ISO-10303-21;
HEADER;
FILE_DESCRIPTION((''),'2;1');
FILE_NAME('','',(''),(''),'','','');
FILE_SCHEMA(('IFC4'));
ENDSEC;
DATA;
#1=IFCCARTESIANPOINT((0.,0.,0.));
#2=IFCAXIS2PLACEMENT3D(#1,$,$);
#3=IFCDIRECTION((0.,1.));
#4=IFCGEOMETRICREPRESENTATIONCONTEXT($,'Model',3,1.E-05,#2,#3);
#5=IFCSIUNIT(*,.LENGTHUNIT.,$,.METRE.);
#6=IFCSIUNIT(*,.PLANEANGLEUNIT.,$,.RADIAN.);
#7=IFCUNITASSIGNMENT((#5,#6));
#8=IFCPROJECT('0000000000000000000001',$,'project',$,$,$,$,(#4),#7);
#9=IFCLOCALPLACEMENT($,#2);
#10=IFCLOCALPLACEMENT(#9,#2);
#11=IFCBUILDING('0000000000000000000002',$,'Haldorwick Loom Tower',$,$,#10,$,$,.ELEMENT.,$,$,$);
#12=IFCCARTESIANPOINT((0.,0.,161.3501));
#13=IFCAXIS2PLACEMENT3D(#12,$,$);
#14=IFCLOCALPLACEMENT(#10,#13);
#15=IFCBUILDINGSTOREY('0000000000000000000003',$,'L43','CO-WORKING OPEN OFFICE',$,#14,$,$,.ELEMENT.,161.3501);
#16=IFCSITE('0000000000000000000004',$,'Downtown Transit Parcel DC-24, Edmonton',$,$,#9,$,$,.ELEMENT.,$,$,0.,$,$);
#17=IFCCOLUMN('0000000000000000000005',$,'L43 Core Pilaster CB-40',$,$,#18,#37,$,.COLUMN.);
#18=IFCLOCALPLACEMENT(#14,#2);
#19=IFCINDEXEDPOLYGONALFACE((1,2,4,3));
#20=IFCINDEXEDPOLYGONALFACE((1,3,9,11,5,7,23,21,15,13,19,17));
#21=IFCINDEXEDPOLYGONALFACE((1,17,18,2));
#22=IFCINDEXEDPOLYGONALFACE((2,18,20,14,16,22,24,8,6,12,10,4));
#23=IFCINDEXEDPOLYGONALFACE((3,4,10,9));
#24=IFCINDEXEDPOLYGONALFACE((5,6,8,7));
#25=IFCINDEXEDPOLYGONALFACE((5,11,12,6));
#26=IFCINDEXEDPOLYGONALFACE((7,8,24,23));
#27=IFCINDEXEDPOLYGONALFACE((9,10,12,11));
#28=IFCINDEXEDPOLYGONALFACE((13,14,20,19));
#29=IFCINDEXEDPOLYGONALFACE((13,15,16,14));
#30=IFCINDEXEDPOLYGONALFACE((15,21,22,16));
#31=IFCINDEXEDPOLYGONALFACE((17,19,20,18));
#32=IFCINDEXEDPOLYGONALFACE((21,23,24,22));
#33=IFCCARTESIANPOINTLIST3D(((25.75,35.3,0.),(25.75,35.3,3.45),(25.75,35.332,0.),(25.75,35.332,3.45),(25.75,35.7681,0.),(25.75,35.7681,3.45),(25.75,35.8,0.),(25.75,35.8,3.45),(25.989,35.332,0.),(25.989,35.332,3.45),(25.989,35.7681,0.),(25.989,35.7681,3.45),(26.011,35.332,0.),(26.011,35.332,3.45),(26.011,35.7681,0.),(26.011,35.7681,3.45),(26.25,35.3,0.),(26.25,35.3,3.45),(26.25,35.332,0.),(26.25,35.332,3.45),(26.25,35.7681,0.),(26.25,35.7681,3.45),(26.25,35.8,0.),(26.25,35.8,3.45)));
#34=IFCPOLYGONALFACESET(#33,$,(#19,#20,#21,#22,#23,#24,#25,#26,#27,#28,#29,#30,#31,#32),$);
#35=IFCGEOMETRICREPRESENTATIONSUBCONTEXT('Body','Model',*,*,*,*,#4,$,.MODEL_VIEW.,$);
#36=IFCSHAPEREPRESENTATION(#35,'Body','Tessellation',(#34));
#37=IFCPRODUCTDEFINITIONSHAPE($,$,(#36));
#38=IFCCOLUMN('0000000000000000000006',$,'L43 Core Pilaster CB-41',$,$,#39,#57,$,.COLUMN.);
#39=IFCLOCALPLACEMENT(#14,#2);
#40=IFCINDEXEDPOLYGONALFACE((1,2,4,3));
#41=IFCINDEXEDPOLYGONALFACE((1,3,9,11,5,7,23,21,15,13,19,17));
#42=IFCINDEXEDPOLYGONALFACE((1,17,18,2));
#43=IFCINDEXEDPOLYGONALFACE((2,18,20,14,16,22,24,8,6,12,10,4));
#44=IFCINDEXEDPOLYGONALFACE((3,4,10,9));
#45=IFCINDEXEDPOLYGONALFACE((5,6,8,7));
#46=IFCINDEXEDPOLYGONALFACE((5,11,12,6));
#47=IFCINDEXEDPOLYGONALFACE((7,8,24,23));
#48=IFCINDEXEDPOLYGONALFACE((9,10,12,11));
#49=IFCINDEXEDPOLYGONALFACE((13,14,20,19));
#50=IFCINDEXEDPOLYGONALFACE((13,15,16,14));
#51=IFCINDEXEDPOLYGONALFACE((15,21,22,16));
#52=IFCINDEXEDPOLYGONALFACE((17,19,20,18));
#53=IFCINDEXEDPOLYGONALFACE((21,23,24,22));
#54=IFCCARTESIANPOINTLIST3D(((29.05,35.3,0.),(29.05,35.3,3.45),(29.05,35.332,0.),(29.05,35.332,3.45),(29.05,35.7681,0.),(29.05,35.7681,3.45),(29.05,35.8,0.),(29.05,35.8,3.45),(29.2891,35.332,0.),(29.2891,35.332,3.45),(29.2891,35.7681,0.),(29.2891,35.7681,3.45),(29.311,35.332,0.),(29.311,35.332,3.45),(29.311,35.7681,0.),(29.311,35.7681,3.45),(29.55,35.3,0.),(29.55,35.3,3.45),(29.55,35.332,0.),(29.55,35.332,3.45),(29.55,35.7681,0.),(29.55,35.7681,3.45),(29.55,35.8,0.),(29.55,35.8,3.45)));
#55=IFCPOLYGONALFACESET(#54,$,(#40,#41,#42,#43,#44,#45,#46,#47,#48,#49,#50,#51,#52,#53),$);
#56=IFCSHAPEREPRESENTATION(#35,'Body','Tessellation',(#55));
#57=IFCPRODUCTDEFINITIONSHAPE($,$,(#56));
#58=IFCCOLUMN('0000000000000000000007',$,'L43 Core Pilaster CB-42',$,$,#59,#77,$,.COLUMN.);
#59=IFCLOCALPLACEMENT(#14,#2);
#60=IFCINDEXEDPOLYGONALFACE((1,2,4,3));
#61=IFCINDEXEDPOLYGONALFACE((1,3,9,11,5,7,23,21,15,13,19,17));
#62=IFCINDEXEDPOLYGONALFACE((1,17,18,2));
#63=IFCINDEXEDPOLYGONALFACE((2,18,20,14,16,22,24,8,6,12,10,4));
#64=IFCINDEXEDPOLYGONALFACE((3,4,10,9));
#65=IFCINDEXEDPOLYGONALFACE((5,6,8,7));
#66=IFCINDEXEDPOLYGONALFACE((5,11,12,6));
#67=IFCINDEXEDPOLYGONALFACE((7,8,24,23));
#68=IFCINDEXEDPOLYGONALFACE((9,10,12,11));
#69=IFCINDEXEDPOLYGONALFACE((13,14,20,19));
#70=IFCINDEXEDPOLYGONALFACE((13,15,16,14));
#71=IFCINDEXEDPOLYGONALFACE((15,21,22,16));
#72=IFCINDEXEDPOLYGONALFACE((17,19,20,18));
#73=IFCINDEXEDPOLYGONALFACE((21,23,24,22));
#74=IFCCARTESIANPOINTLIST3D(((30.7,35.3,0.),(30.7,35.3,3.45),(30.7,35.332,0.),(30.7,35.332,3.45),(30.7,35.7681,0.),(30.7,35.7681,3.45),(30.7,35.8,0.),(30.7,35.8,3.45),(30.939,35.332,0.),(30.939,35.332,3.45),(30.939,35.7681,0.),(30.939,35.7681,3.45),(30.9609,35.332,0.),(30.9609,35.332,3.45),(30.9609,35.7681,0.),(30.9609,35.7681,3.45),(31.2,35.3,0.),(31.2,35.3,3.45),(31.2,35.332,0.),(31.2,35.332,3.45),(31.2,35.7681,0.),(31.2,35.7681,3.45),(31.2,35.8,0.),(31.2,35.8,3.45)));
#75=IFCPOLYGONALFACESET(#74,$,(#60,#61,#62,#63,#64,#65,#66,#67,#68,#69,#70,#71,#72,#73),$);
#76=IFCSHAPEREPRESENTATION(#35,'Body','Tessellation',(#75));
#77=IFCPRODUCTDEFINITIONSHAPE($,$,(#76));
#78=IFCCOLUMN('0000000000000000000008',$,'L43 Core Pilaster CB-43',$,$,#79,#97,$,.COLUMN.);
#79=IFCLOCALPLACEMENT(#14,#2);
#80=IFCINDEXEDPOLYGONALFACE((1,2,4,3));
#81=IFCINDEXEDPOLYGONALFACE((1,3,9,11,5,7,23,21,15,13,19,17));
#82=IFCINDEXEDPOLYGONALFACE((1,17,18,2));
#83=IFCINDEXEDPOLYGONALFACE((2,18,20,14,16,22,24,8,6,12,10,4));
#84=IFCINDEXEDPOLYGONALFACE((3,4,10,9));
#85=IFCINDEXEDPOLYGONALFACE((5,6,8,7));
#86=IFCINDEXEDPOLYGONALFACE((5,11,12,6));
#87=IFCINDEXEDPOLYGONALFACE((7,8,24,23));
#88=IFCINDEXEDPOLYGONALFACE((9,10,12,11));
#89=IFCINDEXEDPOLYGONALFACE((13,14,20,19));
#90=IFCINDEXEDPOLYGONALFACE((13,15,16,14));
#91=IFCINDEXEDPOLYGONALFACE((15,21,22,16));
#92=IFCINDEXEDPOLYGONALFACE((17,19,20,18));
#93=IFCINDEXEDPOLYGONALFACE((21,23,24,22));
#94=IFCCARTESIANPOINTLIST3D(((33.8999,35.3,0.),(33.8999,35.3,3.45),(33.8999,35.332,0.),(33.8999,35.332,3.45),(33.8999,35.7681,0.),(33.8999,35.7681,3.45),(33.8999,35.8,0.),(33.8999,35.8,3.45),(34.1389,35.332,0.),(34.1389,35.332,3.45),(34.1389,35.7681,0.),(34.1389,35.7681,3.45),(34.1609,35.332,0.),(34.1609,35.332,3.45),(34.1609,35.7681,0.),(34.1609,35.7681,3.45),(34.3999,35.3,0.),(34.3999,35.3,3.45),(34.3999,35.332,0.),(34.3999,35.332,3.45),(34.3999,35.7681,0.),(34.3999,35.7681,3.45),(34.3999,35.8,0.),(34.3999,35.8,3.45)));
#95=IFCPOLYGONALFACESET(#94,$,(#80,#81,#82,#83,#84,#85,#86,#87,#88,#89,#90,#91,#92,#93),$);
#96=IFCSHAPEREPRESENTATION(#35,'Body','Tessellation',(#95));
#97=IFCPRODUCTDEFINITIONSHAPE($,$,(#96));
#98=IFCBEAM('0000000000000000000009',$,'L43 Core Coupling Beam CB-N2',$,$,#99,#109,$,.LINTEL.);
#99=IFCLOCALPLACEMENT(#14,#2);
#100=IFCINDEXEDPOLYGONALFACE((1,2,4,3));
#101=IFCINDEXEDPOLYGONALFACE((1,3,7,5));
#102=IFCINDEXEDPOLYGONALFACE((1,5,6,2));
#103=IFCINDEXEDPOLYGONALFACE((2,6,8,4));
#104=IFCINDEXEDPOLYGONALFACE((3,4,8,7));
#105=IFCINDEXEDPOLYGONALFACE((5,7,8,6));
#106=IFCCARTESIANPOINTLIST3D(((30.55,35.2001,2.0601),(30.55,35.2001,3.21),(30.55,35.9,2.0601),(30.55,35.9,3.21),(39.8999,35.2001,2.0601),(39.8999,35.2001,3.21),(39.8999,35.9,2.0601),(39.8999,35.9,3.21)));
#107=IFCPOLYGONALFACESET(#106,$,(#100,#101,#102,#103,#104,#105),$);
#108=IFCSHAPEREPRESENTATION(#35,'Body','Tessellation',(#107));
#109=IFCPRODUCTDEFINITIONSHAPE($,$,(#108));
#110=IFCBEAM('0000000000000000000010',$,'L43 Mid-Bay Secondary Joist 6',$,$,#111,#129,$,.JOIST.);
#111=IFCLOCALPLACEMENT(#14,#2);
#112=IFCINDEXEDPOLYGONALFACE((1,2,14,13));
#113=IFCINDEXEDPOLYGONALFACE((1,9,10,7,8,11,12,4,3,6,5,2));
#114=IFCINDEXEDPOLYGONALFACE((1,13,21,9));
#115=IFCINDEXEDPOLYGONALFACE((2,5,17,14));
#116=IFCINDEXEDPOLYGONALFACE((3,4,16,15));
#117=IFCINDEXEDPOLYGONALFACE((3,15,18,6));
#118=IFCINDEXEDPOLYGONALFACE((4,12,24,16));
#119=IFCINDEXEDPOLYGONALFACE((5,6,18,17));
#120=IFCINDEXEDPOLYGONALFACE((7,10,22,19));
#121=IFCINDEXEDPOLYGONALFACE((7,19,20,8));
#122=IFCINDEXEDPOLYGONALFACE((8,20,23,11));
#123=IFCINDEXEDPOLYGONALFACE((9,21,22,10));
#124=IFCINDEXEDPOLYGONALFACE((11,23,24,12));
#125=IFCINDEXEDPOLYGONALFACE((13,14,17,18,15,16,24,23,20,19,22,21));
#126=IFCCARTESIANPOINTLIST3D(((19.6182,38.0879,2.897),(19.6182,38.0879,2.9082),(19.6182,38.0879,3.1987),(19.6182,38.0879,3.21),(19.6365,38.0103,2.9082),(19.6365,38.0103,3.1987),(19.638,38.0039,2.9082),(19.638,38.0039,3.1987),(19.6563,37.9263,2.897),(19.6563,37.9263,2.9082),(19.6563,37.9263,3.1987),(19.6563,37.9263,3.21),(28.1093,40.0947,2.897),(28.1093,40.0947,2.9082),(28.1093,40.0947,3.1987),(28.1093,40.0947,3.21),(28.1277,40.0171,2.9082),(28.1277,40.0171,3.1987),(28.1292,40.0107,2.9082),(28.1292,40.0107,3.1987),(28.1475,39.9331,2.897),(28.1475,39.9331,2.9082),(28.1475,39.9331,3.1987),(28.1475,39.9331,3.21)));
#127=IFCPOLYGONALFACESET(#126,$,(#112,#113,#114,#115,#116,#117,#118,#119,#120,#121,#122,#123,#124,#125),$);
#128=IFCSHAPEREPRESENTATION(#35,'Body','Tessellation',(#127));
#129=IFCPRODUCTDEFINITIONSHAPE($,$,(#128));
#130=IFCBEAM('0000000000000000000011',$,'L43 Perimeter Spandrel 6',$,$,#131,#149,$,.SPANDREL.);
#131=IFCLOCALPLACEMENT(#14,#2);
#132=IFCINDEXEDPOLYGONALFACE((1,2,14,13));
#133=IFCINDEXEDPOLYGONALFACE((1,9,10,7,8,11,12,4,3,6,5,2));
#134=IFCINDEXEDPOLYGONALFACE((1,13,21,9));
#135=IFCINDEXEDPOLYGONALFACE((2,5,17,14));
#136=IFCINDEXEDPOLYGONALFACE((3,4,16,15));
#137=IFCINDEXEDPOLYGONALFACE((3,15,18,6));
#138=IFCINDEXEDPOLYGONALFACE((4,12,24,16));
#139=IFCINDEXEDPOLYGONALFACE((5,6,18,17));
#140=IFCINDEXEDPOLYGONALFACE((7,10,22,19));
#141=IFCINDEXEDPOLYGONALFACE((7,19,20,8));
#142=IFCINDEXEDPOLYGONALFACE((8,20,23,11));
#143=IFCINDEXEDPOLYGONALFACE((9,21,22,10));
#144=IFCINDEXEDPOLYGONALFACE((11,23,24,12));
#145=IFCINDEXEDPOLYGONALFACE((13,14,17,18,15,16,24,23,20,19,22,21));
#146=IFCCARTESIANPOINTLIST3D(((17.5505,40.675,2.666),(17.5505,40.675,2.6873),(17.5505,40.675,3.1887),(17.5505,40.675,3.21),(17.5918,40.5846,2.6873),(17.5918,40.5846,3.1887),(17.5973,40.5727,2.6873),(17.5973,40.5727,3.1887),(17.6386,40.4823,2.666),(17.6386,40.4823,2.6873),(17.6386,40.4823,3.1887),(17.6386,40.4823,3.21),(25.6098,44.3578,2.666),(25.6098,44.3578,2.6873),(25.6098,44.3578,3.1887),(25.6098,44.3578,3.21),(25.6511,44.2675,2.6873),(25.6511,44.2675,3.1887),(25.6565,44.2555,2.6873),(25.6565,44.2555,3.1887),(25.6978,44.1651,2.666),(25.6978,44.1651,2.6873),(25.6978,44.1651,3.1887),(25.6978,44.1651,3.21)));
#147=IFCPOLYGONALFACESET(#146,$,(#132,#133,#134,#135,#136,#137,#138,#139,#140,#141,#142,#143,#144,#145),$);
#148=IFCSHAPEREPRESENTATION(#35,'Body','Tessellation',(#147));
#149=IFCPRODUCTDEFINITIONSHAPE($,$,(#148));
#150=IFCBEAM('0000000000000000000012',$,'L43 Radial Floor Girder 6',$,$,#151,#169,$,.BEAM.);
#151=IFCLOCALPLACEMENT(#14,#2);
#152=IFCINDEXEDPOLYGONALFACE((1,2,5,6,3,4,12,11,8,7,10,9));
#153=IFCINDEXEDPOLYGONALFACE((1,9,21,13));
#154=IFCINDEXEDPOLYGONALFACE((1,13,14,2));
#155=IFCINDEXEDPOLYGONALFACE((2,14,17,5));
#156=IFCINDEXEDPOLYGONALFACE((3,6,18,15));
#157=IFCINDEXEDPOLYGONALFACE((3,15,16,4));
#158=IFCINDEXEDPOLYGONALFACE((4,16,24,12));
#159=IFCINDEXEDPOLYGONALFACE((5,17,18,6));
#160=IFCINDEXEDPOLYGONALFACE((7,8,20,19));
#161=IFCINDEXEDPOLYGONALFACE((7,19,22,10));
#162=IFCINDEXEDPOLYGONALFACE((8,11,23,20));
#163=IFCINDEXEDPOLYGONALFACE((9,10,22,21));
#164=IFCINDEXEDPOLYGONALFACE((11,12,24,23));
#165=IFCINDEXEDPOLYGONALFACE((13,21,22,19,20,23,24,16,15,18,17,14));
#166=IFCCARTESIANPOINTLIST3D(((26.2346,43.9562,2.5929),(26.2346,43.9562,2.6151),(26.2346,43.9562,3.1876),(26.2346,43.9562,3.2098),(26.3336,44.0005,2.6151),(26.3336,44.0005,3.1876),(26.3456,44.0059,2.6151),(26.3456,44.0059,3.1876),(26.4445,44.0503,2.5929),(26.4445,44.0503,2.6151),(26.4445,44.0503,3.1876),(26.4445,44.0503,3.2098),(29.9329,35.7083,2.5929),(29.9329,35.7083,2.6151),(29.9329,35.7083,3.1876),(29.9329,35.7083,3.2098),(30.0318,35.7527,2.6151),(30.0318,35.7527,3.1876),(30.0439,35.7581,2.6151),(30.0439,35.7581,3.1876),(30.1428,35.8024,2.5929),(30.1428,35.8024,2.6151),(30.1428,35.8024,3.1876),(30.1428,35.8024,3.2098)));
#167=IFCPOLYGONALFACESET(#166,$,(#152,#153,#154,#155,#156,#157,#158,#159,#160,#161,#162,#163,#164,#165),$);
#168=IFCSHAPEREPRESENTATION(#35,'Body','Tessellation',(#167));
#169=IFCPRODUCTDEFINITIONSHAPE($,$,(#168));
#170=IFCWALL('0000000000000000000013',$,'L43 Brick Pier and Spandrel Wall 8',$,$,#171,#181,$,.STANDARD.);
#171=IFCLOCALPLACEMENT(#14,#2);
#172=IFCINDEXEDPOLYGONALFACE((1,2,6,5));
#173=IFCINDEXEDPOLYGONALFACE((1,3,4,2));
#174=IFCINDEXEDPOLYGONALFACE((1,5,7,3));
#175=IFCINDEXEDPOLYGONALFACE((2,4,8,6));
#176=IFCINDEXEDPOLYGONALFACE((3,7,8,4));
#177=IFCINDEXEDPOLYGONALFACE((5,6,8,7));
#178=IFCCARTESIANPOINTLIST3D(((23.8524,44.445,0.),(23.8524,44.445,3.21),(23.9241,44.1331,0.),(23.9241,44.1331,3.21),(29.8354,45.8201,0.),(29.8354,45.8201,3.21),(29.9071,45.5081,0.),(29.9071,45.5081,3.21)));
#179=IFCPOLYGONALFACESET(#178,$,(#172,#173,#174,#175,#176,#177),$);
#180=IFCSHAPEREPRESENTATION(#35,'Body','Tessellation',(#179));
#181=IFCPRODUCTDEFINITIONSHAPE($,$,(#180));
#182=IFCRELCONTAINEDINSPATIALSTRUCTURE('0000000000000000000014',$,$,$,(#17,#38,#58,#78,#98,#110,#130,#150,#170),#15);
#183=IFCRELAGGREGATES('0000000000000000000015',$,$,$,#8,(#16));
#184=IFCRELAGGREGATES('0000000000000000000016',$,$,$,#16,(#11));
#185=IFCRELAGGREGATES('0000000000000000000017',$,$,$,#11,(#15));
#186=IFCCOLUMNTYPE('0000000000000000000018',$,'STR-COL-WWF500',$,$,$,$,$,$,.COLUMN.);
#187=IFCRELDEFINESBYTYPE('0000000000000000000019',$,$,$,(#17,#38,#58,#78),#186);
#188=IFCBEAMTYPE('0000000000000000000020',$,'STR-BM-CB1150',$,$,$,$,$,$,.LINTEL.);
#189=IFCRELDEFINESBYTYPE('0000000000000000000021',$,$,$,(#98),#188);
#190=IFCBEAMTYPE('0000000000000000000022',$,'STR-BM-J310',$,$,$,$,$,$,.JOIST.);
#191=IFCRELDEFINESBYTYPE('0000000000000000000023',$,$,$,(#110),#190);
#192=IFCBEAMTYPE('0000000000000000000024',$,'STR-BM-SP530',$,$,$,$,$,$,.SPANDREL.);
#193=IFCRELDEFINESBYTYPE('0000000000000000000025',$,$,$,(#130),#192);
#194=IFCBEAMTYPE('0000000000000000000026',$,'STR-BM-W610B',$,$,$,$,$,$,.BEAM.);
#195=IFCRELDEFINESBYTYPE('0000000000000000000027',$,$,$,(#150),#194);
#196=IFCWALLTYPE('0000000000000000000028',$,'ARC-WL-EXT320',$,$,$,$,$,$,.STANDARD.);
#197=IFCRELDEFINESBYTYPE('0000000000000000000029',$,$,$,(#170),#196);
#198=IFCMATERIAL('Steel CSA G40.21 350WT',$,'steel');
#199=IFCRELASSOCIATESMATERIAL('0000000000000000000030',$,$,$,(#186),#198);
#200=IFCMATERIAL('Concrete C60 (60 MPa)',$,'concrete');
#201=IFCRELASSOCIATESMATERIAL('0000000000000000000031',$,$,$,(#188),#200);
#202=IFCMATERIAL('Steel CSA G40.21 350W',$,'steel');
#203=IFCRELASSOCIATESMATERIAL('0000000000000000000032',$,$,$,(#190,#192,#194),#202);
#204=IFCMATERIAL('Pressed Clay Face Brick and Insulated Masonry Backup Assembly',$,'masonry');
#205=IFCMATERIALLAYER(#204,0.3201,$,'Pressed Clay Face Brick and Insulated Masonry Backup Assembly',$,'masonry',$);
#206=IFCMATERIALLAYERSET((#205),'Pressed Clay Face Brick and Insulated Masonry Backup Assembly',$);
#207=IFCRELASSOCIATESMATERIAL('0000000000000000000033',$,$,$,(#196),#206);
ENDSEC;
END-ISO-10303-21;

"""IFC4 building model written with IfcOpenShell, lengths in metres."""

from ifc_helpers import new_model, si_unit, direction, frame, frame_2d, origin, origin_2d, place, context, subcontext, project, spatial, rectangle, i_section, extrude, material, layer, layer_set, material_profile, profile_set, type_object, element, save


model = new_model("IFC4")

# Units and contexts
model_context = context("Model", 3, precision=1e-05, world=origin(), true_north=direction((0.0, 1.0)))
body_context = subcontext(model_context, "Body", "Model", "MODEL_VIEW")
ifc_project = project(units=[si_unit("LENGTHUNIT", "METRE"), si_unit("PLANEANGLEUNIT", "RADIAN")], contexts=[model_context])

# Site, building, storey
site_placement = place(None, origin())
site = spatial("IfcSite", under=ifc_project, at=site_placement, Name="Downtown Transit Parcel DC-24, Edmonton", CompositionType="ELEMENT", RefElevation=0.0)
building_placement = place(site_placement, origin())
building = spatial("IfcBuilding", under=site, at=building_placement, Name="Haldorwick Loom Tower", CompositionType="ELEMENT")
storey_placement = place(building_placement, frame((0.0, 0.0, 161.3501)))
storey = spatial("IfcBuildingStorey", under=building, at=storey_placement, Name="L43", Description="CO-WORKING OPEN OFFICE", CompositionType="ELEMENT", Elevation=161.3501)

# Columns
ifc_material_1 = material(Name="Concrete C60 (60 MPa)", Category="concrete")
ifc_material_2 = material(Name="Steel CSA G40.21 350WT", Category="steel")
ifc_material_profile_1 = material_profile(ifc_material_2, i_section(OverallWidth=0.5, OverallDepth=0.5, WebThickness=0.022, FlangeThickness=0.032, at=origin_2d()), Name="WWF500X500", Category="steel")
ifc_profile_set_1 = profile_set([ifc_material_profile_1], Name="Steel CSA G40.21 350WT")
column_type_1 = type_object("IfcColumnType", Name="STR-COL-WWF500", PredefinedType="COLUMN", material=ifc_profile_set_1)
for number, where, z_axis, x_axis, name in (
    (1, (26.0, 35.55, 0.0), (0.0, 0.0, 1.0), (1.0, 0.0, 0.0), "L43 Core Pilaster CB-40"),
    (2, (29.3, 35.55, 0.0), (0.0, 0.0, 1.0), (1.0, 0.0, 0.0), "L43 Core Pilaster CB-41"),
    (3, (30.95, 35.55, 0.0), (0.0, 0.0, 1.0), (1.0, 0.0, 0.0), "L43 Core Pilaster CB-42"),
    (4, (34.1499, 35.55, 0.0), (0.0, 0.0, 1.0), (1.0, 0.0, 0.0), "L43 Core Pilaster CB-43"),
):
    element("IfcColumn", number, at=place(storey_placement, frame(where, z_axis=z_axis, x_axis=x_axis)), inside=storey, type_object=column_type_1, Name=name, PredefinedType="COLUMN", context=body_context, shape_type="SweptSolid", body=[
        extrude(i_section(OverallWidth=0.5, OverallDepth=0.5, WebThickness=0.022, FlangeThickness=0.032, at=origin_2d()), origin(), (0.0, 0.0, 1.0), 3.45),
    ])

# Beams
ifc_material_profile_2 = material_profile(ifc_material_1, rectangle(XDim=0.7, YDim=1.1499, at=origin_2d()), Name="RC700X1150", Category="concrete")
ifc_profile_set_2 = profile_set([ifc_material_profile_2], Name="Concrete C60 (60 MPa)")
beam_type_1 = type_object("IfcBeamType", Name="STR-BM-CB1150", PredefinedType="LINTEL", material=ifc_profile_set_2)
beam_1_placement = place(storey_placement, frame((30.55, 35.55, 2.635), z_axis=(1.0, 0.0, 0.0), x_axis=(0.0, 1.0, 0.0)))
element("IfcBeam", 5, at=beam_1_placement, inside=storey, type_object=beam_type_1, Name="L43 Core Coupling Beam CB-N2", PredefinedType="LINTEL", context=body_context, shape_type="SweptSolid", body=[
    extrude(rectangle(XDim=0.7, YDim=1.1499, at=origin_2d()), origin(), (0.0, 0.0, 1.0), 9.3499),
])
ifc_material_3 = material(Name="Steel CSA G40.21 350W", Category="steel")
ifc_material_profile_3 = material_profile(ifc_material_3, i_section(OverallWidth=0.166, OverallDepth=0.313, WebThickness=0.0066, FlangeThickness=0.0112, at=origin_2d()), Name="W310X45", Category="steel")
ifc_profile_set_3 = profile_set([ifc_material_profile_3], Name="Steel CSA G40.21 350W")
beam_type_2 = type_object("IfcBeamType", Name="STR-BM-J310", PredefinedType="JOIST", material=ifc_profile_set_3)
beam_2_placement = place(storey_placement, frame((28.1284, 40.0139, 3.0535), z_axis=(-0.973189, -0.230006, 0.0), x_axis=(0.230006, -0.973189, 0.0)))
element("IfcBeam", 6, at=beam_2_placement, inside=storey, type_object=beam_type_2, Name="L43 Mid-Bay Secondary Joist 6", PredefinedType="JOIST", context=body_context, shape_type="SweptSolid", body=[
    extrude(i_section(OverallWidth=0.166, OverallDepth=0.313, WebThickness=0.0066, FlangeThickness=0.0112, at=origin_2d()), origin(), (0.0, 0.0, 1.0), 8.7251),
])
ifc_material_profile_4 = material_profile(ifc_material_3, i_section(OverallWidth=0.2119, OverallDepth=0.5439, WebThickness=0.0132, FlangeThickness=0.0212, at=origin_2d()), Name="W530X123", Category="steel")
ifc_profile_set_4 = profile_set([ifc_material_profile_4], Name="Steel CSA G40.21 350W")
beam_type_3 = type_object("IfcBeamType", Name="STR-BM-SP530", PredefinedType="SPANDREL", material=ifc_profile_set_4)
beam_3_placement = place(storey_placement, frame((25.6538, 44.2615, 2.938), z_axis=(-0.909534, -0.415629, 0.0), x_axis=(0.415629, -0.909534, 0.0)))
element("IfcBeam", 7, at=beam_3_placement, inside=storey, type_object=beam_type_3, Name="L43 Perimeter Spandrel 6", PredefinedType="SPANDREL", context=body_context, shape_type="SweptSolid", body=[
    extrude(i_section(OverallWidth=0.2119, OverallDepth=0.5439, WebThickness=0.0132, FlangeThickness=0.0212, at=origin_2d()), origin(), (0.0, 0.0, 1.0), 8.8608),
])
ifc_material_profile_5 = material_profile(ifc_material_3, i_section(OverallWidth=0.23, OverallDepth=0.6169, WebThickness=0.0132, FlangeThickness=0.0222, at=origin_2d()), Name="W610X140", Category="steel")
ifc_profile_set_5 = profile_set([ifc_material_profile_5], Name="Steel CSA G40.21 350W")
beam_type_4 = type_object("IfcBeamType", Name="STR-BM-W610B", PredefinedType="BEAM", material=ifc_profile_set_5)
beam_4_placement = place(storey_placement, frame((30.0378, 35.7554, 2.9014), z_axis=(-0.409144, 0.91247, 0.0), x_axis=(-0.91247, -0.409144, 0.0)))
element("IfcBeam", 8, at=beam_4_placement, inside=storey, type_object=beam_type_4, Name="L43 Radial Floor Girder 6", PredefinedType="BEAM", context=body_context, shape_type="SweptSolid", body=[
    extrude(i_section(OverallWidth=0.23, OverallDepth=0.6169, WebThickness=0.0132, FlangeThickness=0.0222, at=origin_2d()), origin(), (0.0, 0.0, 1.0), 9.0391),
])

# Wall
ifc_material_4 = material(Name="Pressed Clay Face Brick and Insulated Masonry Backup Assembly", Category="masonry")
ifc_layer_1 = layer(ifc_material_4, 0.3201, Name="Pressed Clay Face Brick and Insulated Masonry Backup Assembly", Category="masonry")
ifc_layer_set_1 = layer_set([ifc_layer_1], Name="Pressed Clay Face Brick and Insulated Masonry Backup Assembly")
wall_type_1 = type_object("IfcWallType", Name="ARC-WL-EXT320", PredefinedType="STANDARD", material=ifc_layer_set_1)
wall_1_placement = place(storey_placement, frame((29.8711, 45.6641, 0.0), z_axis=(0.0, 0.0, 1.0), x_axis=(-0.974593, -0.223982, 0.0)))
element("IfcWall", 9, at=wall_1_placement, inside=storey, type_object=wall_type_1, Name="L43 Brick Pier and Spandrel Wall 8", PredefinedType="STANDARD", context=body_context, shape_type="SweptSolid", body=[
    extrude(rectangle(XDim=6.1389, YDim=0.3201, at=frame_2d((3.0693, 0.0))), origin(), (0.0, 0.0, 1.0), 3.21),
])

save(model, "model.ifc")
